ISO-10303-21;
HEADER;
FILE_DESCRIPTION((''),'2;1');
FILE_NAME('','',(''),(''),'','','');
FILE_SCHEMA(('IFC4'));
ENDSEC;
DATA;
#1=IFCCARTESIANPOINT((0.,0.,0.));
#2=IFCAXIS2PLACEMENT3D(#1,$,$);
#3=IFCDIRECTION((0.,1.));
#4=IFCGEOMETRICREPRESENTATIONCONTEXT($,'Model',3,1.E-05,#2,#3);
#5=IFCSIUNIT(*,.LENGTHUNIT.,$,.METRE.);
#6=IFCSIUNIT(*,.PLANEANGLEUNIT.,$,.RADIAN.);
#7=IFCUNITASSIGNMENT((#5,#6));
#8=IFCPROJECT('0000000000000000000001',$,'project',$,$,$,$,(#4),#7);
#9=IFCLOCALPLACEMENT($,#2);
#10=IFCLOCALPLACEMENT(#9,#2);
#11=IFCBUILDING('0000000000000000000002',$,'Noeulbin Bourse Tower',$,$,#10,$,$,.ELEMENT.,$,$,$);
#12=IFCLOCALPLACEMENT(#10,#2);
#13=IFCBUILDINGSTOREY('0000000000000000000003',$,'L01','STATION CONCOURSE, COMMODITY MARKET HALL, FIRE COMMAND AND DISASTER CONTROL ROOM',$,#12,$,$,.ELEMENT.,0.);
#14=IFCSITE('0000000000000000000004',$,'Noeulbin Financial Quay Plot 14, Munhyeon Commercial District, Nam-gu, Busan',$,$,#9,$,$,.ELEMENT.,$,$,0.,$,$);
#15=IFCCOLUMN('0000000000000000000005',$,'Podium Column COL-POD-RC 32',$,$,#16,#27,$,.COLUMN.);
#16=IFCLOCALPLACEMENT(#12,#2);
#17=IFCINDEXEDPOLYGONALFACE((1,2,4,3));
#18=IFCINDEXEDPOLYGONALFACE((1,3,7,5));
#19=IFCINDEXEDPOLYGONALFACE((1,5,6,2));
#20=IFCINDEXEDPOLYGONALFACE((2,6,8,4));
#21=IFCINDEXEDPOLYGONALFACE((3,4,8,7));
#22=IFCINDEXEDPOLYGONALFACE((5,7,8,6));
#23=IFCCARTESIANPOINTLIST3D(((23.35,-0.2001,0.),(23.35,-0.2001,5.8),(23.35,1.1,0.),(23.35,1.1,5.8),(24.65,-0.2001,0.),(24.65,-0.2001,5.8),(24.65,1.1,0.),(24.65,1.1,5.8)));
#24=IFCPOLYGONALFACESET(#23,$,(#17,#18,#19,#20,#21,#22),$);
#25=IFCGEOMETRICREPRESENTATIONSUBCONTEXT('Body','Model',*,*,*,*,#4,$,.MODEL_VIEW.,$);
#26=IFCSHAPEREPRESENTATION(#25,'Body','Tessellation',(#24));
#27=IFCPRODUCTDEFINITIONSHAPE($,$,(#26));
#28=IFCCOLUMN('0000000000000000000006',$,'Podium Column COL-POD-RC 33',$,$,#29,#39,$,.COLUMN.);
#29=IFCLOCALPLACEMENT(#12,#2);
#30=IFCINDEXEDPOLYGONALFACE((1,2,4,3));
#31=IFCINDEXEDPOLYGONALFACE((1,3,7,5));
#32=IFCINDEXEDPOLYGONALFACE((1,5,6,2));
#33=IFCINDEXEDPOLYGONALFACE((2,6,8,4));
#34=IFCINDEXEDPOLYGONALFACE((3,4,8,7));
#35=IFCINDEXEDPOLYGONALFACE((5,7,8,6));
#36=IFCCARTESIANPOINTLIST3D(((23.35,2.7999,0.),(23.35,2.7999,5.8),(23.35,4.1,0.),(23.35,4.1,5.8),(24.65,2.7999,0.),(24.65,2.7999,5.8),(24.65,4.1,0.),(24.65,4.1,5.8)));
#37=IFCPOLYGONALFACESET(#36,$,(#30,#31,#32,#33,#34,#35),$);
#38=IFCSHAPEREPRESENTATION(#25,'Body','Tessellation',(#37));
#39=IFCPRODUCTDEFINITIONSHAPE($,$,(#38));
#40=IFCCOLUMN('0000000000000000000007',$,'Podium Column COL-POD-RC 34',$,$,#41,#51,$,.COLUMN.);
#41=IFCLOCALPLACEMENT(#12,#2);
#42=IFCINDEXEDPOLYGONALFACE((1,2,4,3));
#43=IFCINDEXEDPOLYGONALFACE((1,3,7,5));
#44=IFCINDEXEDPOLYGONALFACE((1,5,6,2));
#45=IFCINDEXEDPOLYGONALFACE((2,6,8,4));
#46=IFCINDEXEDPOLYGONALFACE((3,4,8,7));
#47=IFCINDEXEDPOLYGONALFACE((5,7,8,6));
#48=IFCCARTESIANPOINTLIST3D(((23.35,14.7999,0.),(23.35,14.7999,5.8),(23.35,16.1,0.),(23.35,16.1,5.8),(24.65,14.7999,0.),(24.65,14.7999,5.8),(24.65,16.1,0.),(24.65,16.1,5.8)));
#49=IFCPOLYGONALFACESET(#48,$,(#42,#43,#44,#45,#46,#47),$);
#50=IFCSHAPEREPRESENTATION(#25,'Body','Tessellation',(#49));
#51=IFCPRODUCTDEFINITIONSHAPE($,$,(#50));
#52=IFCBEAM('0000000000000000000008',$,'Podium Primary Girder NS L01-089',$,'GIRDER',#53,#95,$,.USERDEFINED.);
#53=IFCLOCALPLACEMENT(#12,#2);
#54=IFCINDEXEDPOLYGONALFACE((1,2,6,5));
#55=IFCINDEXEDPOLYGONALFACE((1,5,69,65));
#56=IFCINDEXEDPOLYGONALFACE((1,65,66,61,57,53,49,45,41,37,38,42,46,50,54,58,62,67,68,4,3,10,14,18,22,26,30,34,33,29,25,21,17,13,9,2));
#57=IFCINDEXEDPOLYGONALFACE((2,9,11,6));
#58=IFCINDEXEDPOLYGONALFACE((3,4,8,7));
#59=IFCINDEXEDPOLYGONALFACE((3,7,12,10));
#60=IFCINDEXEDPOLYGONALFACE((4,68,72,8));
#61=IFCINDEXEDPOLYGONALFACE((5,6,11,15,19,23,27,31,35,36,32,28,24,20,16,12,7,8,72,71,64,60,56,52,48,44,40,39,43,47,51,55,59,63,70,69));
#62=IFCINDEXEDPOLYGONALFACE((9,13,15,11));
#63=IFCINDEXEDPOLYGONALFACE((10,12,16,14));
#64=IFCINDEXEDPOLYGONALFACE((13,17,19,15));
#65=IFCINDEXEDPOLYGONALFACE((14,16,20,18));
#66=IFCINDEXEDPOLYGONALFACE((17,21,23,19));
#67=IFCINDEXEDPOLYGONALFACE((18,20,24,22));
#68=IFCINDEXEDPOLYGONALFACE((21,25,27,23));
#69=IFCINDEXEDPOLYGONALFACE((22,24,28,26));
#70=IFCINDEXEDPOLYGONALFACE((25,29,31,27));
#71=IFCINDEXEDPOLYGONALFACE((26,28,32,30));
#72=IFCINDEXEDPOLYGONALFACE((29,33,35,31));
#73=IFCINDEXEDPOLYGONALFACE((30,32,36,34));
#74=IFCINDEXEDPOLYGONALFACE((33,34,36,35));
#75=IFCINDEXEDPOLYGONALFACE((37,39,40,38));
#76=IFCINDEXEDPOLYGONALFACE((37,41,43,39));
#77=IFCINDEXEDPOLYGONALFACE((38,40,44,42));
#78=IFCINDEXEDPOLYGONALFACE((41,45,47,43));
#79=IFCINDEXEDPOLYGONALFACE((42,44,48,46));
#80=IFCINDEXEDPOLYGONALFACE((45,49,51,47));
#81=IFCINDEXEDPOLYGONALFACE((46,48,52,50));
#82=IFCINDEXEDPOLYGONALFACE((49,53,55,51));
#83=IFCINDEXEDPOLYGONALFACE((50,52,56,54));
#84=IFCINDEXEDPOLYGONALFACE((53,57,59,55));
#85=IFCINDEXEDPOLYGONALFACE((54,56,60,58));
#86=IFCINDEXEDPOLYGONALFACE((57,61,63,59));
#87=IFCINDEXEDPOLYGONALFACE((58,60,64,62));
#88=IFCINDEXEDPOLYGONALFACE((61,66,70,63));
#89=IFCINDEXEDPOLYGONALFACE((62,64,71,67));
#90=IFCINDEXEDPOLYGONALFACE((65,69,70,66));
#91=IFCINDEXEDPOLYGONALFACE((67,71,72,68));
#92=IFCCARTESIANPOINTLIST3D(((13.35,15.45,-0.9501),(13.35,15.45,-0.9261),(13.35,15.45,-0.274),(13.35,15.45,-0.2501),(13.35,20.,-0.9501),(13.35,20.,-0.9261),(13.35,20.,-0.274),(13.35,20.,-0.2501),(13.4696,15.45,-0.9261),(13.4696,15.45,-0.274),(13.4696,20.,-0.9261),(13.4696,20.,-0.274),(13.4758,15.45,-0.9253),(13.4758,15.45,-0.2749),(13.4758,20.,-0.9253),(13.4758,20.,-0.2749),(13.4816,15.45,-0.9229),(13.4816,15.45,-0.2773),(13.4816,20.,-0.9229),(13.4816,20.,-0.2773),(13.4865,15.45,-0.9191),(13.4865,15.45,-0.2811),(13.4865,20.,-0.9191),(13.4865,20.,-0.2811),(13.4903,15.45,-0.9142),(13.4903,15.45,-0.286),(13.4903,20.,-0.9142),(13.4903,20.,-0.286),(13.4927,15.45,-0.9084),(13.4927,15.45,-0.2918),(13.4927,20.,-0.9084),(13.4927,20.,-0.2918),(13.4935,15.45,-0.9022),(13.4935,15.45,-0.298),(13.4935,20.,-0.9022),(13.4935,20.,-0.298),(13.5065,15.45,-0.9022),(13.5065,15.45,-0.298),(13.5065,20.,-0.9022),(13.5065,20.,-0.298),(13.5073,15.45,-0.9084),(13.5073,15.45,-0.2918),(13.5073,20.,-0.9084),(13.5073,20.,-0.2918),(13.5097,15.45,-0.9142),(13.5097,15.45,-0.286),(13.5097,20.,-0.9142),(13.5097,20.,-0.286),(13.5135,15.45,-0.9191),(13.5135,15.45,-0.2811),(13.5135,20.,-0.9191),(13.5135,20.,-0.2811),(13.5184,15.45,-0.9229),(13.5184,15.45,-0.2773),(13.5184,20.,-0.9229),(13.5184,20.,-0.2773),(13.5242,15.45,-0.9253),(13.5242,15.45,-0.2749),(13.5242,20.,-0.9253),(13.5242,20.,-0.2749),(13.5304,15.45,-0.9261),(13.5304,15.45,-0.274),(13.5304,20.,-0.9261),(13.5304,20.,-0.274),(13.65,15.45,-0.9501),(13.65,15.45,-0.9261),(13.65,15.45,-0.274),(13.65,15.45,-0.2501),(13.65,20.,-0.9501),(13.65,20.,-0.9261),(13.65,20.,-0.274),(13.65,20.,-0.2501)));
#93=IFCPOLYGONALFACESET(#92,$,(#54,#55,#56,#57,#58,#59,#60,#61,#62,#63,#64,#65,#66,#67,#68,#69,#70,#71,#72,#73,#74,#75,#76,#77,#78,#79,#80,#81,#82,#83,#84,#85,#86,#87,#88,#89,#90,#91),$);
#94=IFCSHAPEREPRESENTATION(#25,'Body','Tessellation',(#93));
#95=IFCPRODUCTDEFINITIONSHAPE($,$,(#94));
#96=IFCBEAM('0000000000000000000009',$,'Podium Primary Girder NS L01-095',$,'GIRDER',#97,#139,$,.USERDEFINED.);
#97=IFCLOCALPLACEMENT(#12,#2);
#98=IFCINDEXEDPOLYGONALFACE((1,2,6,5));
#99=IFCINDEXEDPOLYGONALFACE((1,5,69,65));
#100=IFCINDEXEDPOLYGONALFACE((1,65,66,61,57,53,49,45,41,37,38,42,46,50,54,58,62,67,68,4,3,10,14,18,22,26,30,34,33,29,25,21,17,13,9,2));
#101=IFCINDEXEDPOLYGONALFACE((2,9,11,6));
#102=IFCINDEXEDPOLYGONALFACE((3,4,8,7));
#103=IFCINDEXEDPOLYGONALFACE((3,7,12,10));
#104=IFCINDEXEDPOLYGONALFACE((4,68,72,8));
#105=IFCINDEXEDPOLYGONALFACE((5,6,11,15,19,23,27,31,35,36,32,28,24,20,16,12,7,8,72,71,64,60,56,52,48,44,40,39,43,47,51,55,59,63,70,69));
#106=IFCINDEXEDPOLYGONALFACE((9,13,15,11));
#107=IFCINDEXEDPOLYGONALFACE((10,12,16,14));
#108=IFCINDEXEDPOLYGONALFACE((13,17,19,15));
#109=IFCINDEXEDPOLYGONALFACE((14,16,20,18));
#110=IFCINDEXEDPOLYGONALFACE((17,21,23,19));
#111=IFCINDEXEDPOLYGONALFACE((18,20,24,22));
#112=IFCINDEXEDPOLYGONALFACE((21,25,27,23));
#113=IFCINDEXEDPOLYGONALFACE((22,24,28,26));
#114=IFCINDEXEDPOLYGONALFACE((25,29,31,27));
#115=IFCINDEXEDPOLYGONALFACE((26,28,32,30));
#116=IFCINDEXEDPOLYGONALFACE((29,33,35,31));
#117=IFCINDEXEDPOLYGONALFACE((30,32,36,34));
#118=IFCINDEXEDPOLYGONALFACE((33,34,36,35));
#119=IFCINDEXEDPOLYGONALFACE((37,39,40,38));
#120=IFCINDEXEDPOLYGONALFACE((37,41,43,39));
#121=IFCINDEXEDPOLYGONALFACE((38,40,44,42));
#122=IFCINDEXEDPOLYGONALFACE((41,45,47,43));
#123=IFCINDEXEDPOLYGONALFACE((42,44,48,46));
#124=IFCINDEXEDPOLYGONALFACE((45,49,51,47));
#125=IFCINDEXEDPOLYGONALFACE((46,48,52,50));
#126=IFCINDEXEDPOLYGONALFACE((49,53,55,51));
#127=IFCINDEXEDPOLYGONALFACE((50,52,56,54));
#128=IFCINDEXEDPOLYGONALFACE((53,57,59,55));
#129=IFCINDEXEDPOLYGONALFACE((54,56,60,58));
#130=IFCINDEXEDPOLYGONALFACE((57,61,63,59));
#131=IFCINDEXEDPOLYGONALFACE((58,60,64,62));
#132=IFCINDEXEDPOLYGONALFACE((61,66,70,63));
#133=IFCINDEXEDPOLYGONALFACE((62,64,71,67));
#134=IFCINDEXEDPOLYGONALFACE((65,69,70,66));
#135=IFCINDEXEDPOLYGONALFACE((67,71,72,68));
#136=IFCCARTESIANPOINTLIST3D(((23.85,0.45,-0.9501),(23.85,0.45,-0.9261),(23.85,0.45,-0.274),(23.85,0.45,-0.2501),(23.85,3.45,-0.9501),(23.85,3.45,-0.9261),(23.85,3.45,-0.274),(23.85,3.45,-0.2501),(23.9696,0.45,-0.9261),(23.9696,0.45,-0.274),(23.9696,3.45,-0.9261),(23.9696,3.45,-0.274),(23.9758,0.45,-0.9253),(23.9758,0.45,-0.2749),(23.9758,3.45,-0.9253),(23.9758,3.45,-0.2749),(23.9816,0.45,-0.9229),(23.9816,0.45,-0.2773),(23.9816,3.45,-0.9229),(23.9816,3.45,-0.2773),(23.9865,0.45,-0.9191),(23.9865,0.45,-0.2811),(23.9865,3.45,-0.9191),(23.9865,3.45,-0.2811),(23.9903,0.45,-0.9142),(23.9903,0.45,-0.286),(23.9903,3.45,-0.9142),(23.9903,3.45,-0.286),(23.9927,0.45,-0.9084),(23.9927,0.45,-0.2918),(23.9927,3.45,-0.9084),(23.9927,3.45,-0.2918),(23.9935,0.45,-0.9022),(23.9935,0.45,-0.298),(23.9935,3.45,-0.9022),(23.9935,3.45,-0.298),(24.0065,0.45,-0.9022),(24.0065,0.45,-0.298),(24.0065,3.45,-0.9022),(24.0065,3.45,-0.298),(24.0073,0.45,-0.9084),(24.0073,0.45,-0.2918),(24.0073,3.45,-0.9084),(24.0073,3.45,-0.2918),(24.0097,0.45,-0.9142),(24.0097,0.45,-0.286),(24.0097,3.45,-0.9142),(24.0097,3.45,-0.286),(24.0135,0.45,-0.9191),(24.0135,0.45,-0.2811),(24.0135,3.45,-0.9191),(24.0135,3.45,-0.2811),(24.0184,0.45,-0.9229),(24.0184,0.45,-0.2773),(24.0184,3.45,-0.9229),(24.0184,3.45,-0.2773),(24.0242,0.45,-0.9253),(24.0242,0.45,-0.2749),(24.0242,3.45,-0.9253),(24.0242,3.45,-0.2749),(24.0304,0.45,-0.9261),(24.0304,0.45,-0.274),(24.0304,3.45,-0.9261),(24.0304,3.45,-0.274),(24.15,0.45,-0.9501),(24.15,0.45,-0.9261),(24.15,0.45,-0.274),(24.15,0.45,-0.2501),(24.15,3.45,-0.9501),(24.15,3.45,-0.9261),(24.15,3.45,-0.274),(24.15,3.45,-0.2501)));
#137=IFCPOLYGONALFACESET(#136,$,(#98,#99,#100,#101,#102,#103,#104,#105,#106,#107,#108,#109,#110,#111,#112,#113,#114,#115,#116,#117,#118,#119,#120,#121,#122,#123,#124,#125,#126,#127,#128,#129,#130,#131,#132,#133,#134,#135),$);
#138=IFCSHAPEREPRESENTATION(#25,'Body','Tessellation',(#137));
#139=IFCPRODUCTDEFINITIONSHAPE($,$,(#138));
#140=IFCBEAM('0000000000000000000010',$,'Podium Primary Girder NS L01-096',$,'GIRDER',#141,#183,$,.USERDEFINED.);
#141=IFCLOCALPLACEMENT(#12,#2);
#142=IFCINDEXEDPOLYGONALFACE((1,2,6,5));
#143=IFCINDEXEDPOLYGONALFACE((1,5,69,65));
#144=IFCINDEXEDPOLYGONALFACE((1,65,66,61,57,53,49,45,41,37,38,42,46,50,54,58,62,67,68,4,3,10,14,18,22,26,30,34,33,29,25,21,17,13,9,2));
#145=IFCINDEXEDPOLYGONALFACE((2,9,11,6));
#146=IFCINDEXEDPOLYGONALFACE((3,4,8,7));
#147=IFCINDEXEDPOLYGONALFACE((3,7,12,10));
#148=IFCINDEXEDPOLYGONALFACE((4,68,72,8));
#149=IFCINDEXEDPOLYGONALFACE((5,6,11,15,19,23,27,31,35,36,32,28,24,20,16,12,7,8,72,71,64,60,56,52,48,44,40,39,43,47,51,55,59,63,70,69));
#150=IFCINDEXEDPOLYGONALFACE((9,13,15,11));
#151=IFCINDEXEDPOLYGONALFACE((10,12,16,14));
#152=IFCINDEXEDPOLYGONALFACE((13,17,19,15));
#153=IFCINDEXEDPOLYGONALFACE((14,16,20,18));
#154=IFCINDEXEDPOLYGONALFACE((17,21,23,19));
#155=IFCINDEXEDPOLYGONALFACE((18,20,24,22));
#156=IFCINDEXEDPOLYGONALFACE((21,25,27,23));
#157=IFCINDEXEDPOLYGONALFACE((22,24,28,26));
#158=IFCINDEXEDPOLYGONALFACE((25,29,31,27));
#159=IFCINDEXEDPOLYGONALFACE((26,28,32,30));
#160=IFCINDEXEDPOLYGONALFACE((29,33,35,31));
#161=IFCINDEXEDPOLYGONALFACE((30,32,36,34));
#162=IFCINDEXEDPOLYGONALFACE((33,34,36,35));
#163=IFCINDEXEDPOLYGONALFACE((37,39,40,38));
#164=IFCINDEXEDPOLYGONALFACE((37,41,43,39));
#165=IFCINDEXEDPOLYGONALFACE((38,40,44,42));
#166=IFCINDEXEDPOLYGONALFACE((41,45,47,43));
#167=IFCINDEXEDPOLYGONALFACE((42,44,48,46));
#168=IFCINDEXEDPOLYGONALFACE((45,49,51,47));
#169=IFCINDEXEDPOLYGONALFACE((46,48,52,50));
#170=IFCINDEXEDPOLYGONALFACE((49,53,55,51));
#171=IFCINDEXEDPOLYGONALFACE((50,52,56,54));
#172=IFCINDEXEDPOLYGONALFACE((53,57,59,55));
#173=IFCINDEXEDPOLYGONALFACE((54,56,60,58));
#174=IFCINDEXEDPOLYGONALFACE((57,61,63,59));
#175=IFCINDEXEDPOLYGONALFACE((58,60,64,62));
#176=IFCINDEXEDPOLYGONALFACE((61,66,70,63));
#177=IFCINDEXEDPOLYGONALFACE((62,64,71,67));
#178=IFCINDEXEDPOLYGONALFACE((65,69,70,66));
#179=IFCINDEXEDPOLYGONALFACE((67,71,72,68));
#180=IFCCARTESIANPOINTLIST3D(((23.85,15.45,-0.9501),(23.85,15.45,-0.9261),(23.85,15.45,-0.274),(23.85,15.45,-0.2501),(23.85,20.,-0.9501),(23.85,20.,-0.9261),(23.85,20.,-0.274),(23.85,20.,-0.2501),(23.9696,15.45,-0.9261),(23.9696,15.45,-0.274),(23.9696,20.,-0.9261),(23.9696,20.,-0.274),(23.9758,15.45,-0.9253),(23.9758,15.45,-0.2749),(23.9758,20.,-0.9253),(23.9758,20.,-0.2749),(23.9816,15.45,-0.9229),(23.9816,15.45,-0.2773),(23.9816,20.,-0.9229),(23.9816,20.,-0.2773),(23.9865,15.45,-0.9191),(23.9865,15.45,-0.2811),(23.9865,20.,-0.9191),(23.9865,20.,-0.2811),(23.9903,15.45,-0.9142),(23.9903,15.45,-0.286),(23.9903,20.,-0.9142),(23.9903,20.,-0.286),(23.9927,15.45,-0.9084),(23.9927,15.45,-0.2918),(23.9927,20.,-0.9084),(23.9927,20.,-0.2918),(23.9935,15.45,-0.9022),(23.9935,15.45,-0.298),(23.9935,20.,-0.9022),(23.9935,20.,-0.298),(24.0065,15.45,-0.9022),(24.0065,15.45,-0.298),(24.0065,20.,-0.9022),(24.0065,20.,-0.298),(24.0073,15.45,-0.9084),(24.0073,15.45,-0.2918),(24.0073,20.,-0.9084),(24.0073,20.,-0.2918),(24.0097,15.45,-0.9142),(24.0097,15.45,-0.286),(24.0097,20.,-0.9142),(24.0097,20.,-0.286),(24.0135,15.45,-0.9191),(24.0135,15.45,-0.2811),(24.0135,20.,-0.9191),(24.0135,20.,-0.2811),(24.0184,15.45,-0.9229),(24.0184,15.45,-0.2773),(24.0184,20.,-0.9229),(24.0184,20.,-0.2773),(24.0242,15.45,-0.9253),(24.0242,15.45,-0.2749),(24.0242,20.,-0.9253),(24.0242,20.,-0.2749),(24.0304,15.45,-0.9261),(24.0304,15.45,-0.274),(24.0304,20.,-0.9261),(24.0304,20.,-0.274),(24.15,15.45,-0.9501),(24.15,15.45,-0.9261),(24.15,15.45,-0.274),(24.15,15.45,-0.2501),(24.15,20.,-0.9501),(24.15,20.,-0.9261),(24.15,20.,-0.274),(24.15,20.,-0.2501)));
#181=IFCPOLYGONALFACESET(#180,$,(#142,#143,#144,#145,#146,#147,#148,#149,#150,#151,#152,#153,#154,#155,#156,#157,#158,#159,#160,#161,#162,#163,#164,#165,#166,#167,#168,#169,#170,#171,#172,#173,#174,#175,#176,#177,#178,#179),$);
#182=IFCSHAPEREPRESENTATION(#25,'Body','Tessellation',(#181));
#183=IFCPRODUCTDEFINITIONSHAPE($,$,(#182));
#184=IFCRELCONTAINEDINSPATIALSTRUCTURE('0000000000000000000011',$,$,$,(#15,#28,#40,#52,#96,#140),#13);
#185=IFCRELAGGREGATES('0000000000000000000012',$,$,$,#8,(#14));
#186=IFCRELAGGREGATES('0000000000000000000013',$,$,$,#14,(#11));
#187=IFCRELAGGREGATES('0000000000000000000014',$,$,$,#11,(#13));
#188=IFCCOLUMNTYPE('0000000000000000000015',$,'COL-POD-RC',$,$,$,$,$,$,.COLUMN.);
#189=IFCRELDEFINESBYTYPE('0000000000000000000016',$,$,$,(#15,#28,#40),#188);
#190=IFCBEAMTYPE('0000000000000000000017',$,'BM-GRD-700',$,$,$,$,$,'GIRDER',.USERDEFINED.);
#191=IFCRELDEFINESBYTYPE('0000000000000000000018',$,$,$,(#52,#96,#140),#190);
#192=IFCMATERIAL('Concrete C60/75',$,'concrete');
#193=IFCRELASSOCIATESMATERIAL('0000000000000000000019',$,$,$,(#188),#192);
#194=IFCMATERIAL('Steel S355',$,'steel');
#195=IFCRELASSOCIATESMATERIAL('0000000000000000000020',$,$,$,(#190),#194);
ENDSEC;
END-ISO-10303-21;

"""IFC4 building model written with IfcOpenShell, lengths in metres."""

from ifc_helpers import new_model, si_unit, direction, frame, origin, origin_2d, place, context, subcontext, project, spatial, rectangle, i_section, extrude, material, material_profile, profile_set, type_object, element, save


model = new_model("IFC4")

# Units and contexts
model_context = context("Model", 3, precision=1e-05, world=origin(), true_north=direction((0.0, 1.0)))
body_context = subcontext(model_context, "Body", "Model", "MODEL_VIEW")
ifc_project = project(units=[si_unit("LENGTHUNIT", "METRE"), si_unit("PLANEANGLEUNIT", "RADIAN")], contexts=[model_context])

# Site, building, storey
site_placement = place(None, origin())
site = spatial("IfcSite", under=ifc_project, at=site_placement, Name="Noeulbin Financial Quay Plot 14, Munhyeon Commercial District, Nam-gu, Busan", CompositionType="ELEMENT", RefElevation=0.0)
building_placement = place(site_placement, origin())
building = spatial("IfcBuilding", under=site, at=building_placement, Name="Noeulbin Bourse Tower", CompositionType="ELEMENT")
storey_placement = place(building_placement, origin())
storey = spatial("IfcBuildingStorey", under=building, at=storey_placement, Name="L01", Description="STATION CONCOURSE, COMMODITY MARKET HALL, FIRE COMMAND AND DISASTER CONTROL ROOM", CompositionType="ELEMENT", Elevation=0.0)

# Columns
ifc_material_1 = material(Name="Concrete C60/75", Category="concrete")
ifc_material_profile_1 = material_profile(ifc_material_1, rectangle(XDim=1.3, YDim=1.3, at=origin_2d()), Name="RC-COL-1300x1300", Category="LoadBearing")
ifc_profile_set_1 = profile_set([ifc_material_profile_1], Name="Concrete C60/75")
column_type = type_object("IfcColumnType", Name="COL-POD-RC", PredefinedType="COLUMN", material=ifc_profile_set_1)
for number, where, z_axis, x_axis, name in (
    (1, (24.0, 0.45, 0.0), (0.0, 0.0, 1.0), (1.0, 0.0, 0.0), "Podium Column COL-POD-RC 32"),
    (2, (24.0, 3.45, 0.0), (0.0, 0.0, 1.0), (1.0, 0.0, 0.0), "Podium Column COL-POD-RC 33"),
    (3, (24.0, 15.45, 0.0), (0.0, 0.0, 1.0), (1.0, 0.0, 0.0), "Podium Column COL-POD-RC 34"),
):
    element("IfcColumn", number, at=place(storey_placement, frame(where, z_axis=z_axis, x_axis=x_axis)), inside=storey, type_object=column_type, Name=name, PredefinedType="COLUMN", context=body_context, shape_type="SweptSolid", body=[
        extrude(rectangle(XDim=1.3, YDim=1.3, at=origin_2d()), origin(), (0.0, 0.0, 1.0), 5.8),
    ])

# Beams
ifc_material_2 = material(Name="Steel S355", Category="steel")
ifc_material_profile_2 = material_profile(ifc_material_2, i_section(OverallWidth=0.3, OverallDepth=0.7, WebThickness=0.0129, FlangeThickness=0.0239, FilletRadius=0.0239, at=origin_2d()), Name="H-700x300x13x24", Category="LoadBearing")
ifc_profile_set_2 = profile_set([ifc_material_profile_2], Name="Steel S355")
beam_type_1 = type_object("IfcBeamType", Name="BM-GRD-700", ElementType="GIRDER", PredefinedType="USERDEFINED", material=ifc_profile_set_2)
beam_1_placement = place(storey_placement, frame((13.5, 15.45, -0.6001), z_axis=(0.0, 1.0, 0.0), x_axis=(-1.0, 0.0, 0.0)))
element("IfcBeam", 4, at=beam_1_placement, inside=storey, type_object=beam_type_1, Name="Podium Primary Girder NS L01-089", ObjectType="GIRDER", PredefinedType="USERDEFINED", context=body_context, shape_type="SweptSolid", body=[
    extrude(i_section(OverallWidth=0.3, OverallDepth=0.7, WebThickness=0.0129, FlangeThickness=0.0239, FilletRadius=0.0239, at=origin_2d()), origin(), (0.0, 0.0, 1.0), 4.55),
])
beam_2_placement = place(storey_placement, frame((24.0, 0.45, -0.6001), z_axis=(0.0, 1.0, 0.0), x_axis=(-1.0, 0.0, 0.0)))
element("IfcBeam", 5, at=beam_2_placement, inside=storey, type_object=beam_type_1, Name="Podium Primary Girder NS L01-095", ObjectType="GIRDER", PredefinedType="USERDEFINED", context=body_context, shape_type="SweptSolid", body=[
    extrude(i_section(OverallWidth=0.3, OverallDepth=0.7, WebThickness=0.0129, FlangeThickness=0.0239, FilletRadius=0.0239, at=origin_2d()), origin(), (0.0, 0.0, 1.0), 3.0),
])
beam_3_placement = place(storey_placement, frame((24.0, 15.45, -0.6001), z_axis=(0.0, 1.0, 0.0), x_axis=(-1.0, 0.0, 0.0)))
element("IfcBeam", 6, at=beam_3_placement, inside=storey, type_object=beam_type_1, Name="Podium Primary Girder NS L01-096", ObjectType="GIRDER", PredefinedType="USERDEFINED", context=body_context, shape_type="SweptSolid", body=[
    extrude(i_section(OverallWidth=0.3, OverallDepth=0.7, WebThickness=0.0129, FlangeThickness=0.0239, FilletRadius=0.0239, at=origin_2d()), origin(), (0.0, 0.0, 1.0), 4.55),
])

save(model, "model.ifc")
